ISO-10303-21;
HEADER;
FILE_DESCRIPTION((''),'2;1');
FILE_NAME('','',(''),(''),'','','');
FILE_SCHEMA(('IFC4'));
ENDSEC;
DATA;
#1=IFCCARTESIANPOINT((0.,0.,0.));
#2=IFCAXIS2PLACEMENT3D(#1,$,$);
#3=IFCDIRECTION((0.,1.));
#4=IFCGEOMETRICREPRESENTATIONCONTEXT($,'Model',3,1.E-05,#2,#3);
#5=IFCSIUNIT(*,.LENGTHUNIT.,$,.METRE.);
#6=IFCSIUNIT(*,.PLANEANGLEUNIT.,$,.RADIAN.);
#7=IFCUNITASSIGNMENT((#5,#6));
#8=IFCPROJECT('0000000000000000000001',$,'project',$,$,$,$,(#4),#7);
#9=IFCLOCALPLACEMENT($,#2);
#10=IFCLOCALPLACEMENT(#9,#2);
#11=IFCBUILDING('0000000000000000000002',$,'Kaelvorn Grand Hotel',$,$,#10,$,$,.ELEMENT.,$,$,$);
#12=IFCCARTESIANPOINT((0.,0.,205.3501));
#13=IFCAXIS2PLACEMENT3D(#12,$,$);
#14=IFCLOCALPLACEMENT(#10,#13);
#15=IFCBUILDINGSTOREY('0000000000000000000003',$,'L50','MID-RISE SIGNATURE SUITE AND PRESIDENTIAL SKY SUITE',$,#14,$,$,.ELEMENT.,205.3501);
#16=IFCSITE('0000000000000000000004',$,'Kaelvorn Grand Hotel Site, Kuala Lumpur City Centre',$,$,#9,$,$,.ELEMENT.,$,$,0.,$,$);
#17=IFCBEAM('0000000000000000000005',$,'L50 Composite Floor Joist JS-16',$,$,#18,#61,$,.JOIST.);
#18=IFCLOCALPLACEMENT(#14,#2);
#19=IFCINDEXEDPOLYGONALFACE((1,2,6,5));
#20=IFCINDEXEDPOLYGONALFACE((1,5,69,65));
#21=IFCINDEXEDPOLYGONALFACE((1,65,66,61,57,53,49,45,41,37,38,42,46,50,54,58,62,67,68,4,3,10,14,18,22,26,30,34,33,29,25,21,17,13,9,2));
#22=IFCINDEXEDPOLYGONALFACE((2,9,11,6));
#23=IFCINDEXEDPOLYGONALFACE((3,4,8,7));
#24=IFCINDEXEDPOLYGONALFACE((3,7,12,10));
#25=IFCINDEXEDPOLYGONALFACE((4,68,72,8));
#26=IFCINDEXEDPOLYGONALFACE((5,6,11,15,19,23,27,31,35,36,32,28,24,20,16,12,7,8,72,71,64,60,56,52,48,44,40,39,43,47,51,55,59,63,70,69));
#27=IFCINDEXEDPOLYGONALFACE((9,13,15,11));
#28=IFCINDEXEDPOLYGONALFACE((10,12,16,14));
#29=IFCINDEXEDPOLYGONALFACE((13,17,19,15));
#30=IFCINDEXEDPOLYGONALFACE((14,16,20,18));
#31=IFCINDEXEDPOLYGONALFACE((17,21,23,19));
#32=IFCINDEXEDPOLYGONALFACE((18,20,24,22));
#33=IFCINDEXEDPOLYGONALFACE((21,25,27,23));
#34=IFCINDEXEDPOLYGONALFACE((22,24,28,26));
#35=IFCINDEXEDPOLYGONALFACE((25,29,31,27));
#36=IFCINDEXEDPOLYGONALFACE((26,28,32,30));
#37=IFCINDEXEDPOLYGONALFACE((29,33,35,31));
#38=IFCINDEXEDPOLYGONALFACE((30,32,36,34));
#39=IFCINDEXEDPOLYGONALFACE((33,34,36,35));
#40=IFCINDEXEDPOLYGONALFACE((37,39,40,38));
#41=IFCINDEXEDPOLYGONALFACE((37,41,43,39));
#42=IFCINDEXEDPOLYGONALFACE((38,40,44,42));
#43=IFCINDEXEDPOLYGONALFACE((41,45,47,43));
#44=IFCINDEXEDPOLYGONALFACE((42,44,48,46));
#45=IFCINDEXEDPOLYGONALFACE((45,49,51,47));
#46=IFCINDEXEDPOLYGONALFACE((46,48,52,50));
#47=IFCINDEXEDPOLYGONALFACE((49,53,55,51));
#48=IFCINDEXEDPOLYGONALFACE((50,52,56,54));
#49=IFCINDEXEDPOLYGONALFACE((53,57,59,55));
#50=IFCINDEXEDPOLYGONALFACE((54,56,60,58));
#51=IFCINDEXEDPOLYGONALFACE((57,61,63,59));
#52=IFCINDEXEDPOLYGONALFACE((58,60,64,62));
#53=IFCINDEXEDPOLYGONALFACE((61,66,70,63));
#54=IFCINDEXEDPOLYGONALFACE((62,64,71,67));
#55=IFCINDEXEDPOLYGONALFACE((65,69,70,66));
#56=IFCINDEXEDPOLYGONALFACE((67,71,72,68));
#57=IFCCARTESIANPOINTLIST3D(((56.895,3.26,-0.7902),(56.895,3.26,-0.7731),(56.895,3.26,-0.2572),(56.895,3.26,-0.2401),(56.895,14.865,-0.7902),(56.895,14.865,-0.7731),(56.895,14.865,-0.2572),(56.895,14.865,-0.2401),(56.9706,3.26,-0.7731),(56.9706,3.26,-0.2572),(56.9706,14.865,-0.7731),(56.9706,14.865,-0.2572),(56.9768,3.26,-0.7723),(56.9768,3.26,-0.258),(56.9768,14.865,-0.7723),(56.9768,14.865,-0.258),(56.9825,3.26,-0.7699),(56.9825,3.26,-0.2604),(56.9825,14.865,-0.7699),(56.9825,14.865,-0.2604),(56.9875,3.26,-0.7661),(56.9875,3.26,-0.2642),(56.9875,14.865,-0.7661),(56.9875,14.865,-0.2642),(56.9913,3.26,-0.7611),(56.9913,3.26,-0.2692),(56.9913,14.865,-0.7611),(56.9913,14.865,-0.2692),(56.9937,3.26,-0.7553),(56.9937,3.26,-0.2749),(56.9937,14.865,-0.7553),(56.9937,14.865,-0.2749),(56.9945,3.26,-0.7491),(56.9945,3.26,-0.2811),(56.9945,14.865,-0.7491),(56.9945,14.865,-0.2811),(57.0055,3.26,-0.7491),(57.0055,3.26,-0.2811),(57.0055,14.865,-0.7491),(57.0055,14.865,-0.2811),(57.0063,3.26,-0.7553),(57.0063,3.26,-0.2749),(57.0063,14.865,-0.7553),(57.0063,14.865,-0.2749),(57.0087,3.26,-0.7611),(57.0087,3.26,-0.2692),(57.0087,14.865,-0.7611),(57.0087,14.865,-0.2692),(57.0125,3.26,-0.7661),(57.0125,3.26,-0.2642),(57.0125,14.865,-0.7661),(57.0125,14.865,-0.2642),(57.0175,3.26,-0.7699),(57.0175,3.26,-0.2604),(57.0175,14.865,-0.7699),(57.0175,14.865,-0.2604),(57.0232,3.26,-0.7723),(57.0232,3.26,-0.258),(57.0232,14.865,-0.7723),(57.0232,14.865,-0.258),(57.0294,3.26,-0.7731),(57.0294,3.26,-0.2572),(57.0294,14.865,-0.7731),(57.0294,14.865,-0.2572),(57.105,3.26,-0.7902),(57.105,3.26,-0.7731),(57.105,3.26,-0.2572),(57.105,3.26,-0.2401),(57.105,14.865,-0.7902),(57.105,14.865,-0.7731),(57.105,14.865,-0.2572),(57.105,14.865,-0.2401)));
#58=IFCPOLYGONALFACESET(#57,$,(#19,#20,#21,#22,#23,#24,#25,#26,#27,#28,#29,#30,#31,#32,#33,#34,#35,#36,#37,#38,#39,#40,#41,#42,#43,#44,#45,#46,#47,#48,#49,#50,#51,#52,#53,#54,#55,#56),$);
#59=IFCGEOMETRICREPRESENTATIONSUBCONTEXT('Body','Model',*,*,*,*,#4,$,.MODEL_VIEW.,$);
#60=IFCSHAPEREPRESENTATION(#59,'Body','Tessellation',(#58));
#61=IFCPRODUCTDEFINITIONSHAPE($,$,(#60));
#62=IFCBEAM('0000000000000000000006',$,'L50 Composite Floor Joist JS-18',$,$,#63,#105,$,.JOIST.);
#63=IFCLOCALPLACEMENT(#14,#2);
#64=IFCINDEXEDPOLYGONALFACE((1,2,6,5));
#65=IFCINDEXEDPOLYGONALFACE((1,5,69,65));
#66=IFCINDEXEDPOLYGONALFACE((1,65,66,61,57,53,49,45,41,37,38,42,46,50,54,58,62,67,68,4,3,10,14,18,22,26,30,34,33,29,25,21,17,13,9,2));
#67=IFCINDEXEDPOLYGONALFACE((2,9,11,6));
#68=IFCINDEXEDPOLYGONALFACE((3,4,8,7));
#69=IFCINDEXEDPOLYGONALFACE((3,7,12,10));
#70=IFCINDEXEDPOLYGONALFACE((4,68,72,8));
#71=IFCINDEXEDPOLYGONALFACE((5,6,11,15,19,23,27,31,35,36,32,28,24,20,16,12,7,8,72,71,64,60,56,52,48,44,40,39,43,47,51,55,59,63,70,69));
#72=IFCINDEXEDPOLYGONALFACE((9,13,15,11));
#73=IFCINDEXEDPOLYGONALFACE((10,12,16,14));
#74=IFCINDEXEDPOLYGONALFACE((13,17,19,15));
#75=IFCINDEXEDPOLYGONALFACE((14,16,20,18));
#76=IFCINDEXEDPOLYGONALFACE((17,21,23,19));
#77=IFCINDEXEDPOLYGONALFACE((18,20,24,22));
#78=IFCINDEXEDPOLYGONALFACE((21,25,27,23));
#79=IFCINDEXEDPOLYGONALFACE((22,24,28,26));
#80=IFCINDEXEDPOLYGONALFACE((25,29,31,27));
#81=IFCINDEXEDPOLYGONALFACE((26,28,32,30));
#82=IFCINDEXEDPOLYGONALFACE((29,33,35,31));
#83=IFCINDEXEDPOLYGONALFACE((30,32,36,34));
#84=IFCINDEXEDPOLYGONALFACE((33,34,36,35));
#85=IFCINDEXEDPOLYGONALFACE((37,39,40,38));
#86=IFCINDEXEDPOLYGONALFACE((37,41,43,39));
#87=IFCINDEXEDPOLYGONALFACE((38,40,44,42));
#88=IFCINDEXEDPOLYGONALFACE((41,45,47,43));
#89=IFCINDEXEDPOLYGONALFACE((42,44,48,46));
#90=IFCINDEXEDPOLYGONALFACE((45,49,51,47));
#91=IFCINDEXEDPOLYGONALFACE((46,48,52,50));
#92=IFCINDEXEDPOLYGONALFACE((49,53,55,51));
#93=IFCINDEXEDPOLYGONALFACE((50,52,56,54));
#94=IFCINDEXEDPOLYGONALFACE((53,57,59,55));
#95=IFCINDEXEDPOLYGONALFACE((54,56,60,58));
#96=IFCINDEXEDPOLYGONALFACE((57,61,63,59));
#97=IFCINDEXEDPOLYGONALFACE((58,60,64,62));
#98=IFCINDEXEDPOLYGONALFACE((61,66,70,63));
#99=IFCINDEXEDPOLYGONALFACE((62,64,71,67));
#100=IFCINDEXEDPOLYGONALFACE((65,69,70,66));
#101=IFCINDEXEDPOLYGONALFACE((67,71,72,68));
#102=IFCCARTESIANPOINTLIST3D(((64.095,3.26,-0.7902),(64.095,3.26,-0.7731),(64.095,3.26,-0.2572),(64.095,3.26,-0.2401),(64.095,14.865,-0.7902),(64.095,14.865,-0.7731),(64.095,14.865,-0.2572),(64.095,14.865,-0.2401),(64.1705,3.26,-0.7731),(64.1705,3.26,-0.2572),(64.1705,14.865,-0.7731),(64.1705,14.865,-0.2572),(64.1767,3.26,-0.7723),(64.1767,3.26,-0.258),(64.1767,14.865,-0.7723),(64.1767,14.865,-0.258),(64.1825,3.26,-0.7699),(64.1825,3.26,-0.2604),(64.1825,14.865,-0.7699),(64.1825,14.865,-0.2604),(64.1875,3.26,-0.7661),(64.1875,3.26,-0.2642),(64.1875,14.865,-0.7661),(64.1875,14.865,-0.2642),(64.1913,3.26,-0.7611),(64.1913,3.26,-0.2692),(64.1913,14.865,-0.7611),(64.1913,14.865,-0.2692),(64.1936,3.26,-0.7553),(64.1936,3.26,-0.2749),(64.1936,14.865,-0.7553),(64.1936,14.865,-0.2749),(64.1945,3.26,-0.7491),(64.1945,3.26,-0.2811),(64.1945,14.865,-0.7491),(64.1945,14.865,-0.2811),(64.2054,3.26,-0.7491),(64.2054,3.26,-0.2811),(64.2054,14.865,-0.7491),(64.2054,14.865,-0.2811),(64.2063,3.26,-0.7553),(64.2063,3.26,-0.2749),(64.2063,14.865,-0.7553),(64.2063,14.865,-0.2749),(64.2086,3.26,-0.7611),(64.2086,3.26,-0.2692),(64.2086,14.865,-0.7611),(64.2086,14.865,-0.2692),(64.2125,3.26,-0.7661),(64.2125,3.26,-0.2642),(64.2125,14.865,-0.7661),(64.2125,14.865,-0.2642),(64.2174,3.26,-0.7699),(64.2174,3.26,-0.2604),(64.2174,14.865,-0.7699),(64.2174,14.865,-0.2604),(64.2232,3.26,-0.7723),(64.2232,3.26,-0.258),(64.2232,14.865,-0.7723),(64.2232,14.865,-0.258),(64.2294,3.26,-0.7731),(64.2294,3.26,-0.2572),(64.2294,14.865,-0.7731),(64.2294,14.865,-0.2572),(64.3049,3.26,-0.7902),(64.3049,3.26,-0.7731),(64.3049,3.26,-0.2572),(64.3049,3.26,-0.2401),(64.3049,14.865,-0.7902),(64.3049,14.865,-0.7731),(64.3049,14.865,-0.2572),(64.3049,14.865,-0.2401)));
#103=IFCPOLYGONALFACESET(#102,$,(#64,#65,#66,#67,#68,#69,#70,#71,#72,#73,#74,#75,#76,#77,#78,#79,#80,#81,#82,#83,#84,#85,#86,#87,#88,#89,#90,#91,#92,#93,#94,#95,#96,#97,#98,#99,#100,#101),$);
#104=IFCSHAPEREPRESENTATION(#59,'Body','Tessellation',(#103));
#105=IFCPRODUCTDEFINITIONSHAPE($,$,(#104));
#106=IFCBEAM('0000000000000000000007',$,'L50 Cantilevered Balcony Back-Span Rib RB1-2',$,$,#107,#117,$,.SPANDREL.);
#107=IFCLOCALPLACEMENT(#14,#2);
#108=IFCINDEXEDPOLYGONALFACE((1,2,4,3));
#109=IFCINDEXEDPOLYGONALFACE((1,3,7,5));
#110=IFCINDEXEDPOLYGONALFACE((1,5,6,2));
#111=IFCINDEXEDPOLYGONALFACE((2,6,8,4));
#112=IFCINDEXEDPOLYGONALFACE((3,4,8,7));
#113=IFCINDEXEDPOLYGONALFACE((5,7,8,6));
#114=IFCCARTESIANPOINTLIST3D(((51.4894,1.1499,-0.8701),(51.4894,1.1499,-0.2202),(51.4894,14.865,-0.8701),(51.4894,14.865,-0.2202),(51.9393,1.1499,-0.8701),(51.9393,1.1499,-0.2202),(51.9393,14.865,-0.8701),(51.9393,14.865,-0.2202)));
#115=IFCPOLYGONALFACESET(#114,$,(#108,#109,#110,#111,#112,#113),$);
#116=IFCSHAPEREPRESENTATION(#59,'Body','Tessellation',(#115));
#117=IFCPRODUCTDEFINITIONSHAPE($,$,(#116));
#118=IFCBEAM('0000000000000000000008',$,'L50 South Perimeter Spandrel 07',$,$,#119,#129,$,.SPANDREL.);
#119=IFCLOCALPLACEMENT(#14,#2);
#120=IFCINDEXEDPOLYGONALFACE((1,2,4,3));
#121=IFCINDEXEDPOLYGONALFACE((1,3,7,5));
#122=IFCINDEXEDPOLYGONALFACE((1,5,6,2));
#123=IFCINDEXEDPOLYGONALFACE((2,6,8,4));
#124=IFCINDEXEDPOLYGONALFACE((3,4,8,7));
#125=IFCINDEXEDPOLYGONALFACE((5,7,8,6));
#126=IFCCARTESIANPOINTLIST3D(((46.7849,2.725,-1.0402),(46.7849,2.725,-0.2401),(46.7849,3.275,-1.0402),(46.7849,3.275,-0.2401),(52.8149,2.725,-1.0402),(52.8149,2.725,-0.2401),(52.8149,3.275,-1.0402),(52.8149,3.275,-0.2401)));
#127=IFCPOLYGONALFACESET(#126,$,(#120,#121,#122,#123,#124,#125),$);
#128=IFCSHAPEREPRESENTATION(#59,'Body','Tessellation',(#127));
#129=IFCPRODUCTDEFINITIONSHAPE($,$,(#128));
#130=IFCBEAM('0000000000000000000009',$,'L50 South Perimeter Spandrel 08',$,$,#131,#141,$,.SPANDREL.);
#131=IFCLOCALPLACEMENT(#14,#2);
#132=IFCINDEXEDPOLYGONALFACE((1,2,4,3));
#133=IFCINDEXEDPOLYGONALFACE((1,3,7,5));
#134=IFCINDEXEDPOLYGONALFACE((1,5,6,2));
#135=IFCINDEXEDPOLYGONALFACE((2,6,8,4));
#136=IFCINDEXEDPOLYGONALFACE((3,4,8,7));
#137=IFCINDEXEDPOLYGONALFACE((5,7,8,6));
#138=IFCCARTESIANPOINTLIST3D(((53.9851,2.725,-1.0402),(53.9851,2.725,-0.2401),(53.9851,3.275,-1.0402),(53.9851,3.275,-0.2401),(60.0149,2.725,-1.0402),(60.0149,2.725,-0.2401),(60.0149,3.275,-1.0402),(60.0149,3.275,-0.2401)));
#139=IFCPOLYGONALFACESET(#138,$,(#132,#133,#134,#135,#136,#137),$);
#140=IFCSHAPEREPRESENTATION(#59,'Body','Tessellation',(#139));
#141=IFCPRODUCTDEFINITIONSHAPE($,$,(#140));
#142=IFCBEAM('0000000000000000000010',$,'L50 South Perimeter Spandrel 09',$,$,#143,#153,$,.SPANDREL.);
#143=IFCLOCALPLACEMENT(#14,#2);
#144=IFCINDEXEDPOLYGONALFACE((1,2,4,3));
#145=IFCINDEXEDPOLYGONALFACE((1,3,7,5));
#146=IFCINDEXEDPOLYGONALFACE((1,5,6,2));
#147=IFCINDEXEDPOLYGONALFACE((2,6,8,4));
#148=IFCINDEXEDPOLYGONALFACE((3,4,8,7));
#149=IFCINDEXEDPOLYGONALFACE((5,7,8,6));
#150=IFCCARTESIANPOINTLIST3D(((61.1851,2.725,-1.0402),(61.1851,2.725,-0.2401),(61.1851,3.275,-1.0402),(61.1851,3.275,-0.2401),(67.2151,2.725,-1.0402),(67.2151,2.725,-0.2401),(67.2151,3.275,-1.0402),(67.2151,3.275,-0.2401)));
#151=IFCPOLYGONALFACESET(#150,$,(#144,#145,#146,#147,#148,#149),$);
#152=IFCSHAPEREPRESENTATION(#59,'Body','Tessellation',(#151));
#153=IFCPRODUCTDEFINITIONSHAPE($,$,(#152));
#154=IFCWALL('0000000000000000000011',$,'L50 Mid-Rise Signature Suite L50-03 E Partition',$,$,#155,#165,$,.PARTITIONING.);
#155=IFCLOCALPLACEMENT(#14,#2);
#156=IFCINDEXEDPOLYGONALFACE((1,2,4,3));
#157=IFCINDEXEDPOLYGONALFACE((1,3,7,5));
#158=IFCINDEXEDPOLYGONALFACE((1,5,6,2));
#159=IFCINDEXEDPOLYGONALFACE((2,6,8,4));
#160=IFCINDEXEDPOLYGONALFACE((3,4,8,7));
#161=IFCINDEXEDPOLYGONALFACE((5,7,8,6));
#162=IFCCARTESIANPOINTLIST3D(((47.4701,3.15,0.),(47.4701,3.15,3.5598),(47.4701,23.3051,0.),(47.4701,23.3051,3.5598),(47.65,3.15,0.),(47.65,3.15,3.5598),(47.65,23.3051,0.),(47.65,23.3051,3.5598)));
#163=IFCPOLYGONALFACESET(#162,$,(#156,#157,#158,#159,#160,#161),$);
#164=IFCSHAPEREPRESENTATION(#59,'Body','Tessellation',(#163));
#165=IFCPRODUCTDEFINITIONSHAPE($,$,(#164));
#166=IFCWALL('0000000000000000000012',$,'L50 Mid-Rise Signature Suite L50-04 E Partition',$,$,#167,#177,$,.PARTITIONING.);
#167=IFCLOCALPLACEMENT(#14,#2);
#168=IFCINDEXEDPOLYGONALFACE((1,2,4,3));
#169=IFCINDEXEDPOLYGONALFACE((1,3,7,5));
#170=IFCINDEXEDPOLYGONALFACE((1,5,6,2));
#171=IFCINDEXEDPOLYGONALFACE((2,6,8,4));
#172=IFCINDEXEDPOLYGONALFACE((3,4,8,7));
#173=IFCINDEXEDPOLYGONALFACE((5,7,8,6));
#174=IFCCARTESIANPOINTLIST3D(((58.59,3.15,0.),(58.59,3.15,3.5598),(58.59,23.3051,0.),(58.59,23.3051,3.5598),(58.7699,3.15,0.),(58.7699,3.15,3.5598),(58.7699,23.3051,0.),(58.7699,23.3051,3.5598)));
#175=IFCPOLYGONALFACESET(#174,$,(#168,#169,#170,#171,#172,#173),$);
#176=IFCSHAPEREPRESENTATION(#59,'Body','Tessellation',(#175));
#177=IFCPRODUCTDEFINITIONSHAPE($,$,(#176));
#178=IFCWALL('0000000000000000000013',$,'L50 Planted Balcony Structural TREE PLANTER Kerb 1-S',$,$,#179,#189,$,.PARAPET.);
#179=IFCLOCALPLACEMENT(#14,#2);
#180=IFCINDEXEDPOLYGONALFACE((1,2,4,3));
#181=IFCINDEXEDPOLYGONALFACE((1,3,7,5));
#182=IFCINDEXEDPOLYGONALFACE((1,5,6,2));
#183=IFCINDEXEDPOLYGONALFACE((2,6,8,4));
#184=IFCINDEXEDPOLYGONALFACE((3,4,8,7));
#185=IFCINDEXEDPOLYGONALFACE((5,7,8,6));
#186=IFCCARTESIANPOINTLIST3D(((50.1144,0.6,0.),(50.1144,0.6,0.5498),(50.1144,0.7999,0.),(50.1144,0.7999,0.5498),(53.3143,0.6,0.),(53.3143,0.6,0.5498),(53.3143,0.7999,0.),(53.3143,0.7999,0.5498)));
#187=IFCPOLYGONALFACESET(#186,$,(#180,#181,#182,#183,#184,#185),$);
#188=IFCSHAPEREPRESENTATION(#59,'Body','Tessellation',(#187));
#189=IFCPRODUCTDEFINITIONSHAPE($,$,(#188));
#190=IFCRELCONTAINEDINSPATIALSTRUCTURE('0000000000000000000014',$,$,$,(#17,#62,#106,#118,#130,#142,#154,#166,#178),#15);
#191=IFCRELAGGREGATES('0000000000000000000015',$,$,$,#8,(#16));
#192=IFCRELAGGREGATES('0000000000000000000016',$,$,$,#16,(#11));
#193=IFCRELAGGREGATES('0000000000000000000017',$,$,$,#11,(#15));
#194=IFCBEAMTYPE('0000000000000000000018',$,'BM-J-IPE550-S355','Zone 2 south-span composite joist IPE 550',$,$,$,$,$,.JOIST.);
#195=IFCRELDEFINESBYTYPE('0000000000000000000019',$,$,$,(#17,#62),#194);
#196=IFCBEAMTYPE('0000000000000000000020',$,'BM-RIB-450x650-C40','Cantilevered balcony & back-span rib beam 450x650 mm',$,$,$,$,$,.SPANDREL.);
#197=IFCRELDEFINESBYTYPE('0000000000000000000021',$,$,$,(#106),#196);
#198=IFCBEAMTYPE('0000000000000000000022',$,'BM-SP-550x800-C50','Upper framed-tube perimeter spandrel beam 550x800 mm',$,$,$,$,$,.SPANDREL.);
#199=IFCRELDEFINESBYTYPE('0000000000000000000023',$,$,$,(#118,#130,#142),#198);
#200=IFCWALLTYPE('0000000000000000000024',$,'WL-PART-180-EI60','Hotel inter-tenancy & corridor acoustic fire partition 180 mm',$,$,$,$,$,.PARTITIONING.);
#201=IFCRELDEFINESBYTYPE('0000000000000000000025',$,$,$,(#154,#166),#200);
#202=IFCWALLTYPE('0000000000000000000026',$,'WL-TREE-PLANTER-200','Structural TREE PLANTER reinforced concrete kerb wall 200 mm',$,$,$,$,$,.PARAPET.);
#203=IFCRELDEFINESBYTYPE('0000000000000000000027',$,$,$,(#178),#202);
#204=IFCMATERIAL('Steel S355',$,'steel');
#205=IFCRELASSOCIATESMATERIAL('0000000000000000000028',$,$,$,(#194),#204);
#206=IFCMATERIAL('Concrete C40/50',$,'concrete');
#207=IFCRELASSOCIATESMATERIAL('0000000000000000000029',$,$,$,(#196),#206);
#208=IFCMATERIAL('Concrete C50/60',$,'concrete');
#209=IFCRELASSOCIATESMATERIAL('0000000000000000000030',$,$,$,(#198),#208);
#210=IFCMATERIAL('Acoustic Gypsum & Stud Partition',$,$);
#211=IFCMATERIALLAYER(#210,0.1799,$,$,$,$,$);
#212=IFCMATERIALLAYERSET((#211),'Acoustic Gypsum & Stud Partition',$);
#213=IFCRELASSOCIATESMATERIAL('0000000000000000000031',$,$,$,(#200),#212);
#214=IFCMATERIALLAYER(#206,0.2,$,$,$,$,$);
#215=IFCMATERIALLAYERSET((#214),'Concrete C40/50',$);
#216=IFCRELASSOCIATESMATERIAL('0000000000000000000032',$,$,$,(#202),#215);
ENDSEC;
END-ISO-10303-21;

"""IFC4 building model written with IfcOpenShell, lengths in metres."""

from ifc_helpers import new_model, si_unit, direction, frame, frame_2d, origin, origin_2d, place, context, subcontext, project, spatial, rectangle, i_section, extrude, material, layer, layer_set, material_profile, profile_set, type_object, element, save


model = new_model("IFC4")

# Units and contexts
model_context = context("Model", 3, precision=1e-05, world=origin(), true_north=direction((0.0, 1.0)))
body_context = subcontext(model_context, "Body", "Model", "MODEL_VIEW")
ifc_project = project(units=[si_unit("LENGTHUNIT", "METRE"), si_unit("PLANEANGLEUNIT", "RADIAN")], contexts=[model_context])

# Site, building, storey
site_placement = place(None, origin())
site = spatial("IfcSite", under=ifc_project, at=site_placement, Name="Kaelvorn Grand Hotel Site, Kuala Lumpur City Centre", CompositionType="ELEMENT", RefElevation=0.0)
building_placement = place(site_placement, origin())
building = spatial("IfcBuilding", under=site, at=building_placement, Name="Kaelvorn Grand Hotel", CompositionType="ELEMENT")
storey_placement = place(building_placement, frame((0.0, 0.0, 205.3501)))
storey = spatial("IfcBuildingStorey", under=building, at=storey_placement, Name="L50", Description="MID-RISE SIGNATURE SUITE AND PRESIDENTIAL SKY SUITE", CompositionType="ELEMENT", Elevation=205.3501)

# Beams
ifc_material_1 = material(Name="Steel S355", Category="steel")
ifc_material_profile_1 = material_profile(ifc_material_1, i_section(OverallWidth=0.21, OverallDepth=0.55, WebThickness=0.011, FlangeThickness=0.0171, FilletRadius=0.0239, at=origin_2d()), Name="IPE 550")
ifc_profile_set_1 = profile_set([ifc_material_profile_1], Name="Steel S355")
beam_type_1 = type_object("IfcBeamType", Name="BM-J-IPE550-S355", Description="Zone 2 south-span composite joist IPE 550", PredefinedType="JOIST", material=ifc_profile_set_1)
for number, where, z_axis, x_axis, name in (
    (1, (57.0, 3.26, -0.5151), (0.0, 1.0, 0.0), (-1.0, 0.0, 0.0), "L50 Composite Floor Joist JS-16"),
    (2, (64.2, 3.26, -0.5151), (0.0, 1.0, 0.0), (-1.0, 0.0, 0.0), "L50 Composite Floor Joist JS-18"),
):
    element("IfcBeam", number, at=place(storey_placement, frame(where, z_axis=z_axis, x_axis=x_axis)), inside=storey, type_object=beam_type_1, Name=name, PredefinedType="JOIST", context=body_context, shape_type="SweptSolid", body=[
        extrude(i_section(OverallWidth=0.21, OverallDepth=0.55, WebThickness=0.011, FlangeThickness=0.0171, FilletRadius=0.0239, at=origin_2d()), origin(), (0.0, 0.0, 1.0), 11.605),
    ])
ifc_material_2 = material(Name="Concrete C40/50", Category="concrete")
ifc_material_profile_2 = material_profile(ifc_material_2, rectangle(XDim=0.45, YDim=0.6499, at=origin_2d()), Name="RC RIB 450x650")
ifc_profile_set_2 = profile_set([ifc_material_profile_2], Name="Concrete C40/50")
beam_type_2 = type_object("IfcBeamType", Name="BM-RIB-450x650-C40", Description="Cantilevered balcony & back-span rib beam 450x650 mm", PredefinedType="SPANDREL", material=ifc_profile_set_2)
beam_1_placement = place(storey_placement, frame((51.7144, 1.1499, -0.5452), z_axis=(0.0, 1.0, 0.0), x_axis=(-1.0, 0.0, 0.0)))
element("IfcBeam", 3, at=beam_1_placement, inside=storey, type_object=beam_type_2, Name="L50 Cantilevered Balcony Back-Span Rib RB1-2", PredefinedType="SPANDREL", context=body_context, shape_type="SweptSolid", body=[
    extrude(rectangle(XDim=0.45, YDim=0.6499, at=origin_2d()), origin(), (0.0, 0.0, 1.0), 13.7151),
])
ifc_material_3 = material(Name="Concrete C50/60", Category="concrete")
ifc_material_profile_3 = material_profile(ifc_material_3, rectangle(XDim=0.55, YDim=0.8, at=origin_2d()), Name="RC SPANDREL 550x800")
ifc_profile_set_3 = profile_set([ifc_material_profile_3], Name="Concrete C50/60")
beam_type_3 = type_object("IfcBeamType", Name="BM-SP-550x800-C50", Description="Upper framed-tube perimeter spandrel beam 550x800 mm", PredefinedType="SPANDREL", material=ifc_profile_set_3)
beam_2_placement = place(storey_placement, frame((46.7849, 3.0, -0.6401), z_axis=(1.0, 0.0, 0.0), x_axis=(0.0, 1.0, 0.0)))
element("IfcBeam", 4, at=beam_2_placement, inside=storey, type_object=beam_type_3, Name="L50 South Perimeter Spandrel 07", PredefinedType="SPANDREL", context=body_context, shape_type="SweptSolid", body=[
    extrude(rectangle(XDim=0.55, YDim=0.8, at=origin_2d()), origin(), (0.0, 0.0, 1.0), 6.03),
])
beam_3_placement = place(storey_placement, frame((53.9851, 3.0, -0.6401), z_axis=(1.0, 0.0, 0.0), x_axis=(0.0, 1.0, 0.0)))
element("IfcBeam", 5, at=beam_3_placement, inside=storey, type_object=beam_type_3, Name="L50 South Perimeter Spandrel 08", PredefinedType="SPANDREL", context=body_context, shape_type="SweptSolid", body=[
    extrude(rectangle(XDim=0.55, YDim=0.8, at=origin_2d()), origin(), (0.0, 0.0, 1.0), 6.0298),
])
beam_4_placement = place(storey_placement, frame((61.1851, 3.0, -0.6401), z_axis=(1.0, 0.0, 0.0), x_axis=(0.0, 1.0, 0.0)))
element("IfcBeam", 6, at=beam_4_placement, inside=storey, type_object=beam_type_3, Name="L50 South Perimeter Spandrel 09", PredefinedType="SPANDREL", context=body_context, shape_type="SweptSolid", body=[
    extrude(rectangle(XDim=0.55, YDim=0.8, at=origin_2d()), origin(), (0.0, 0.0, 1.0), 6.03),
])

# Walls
ifc_material_4 = material(Name="Acoustic Gypsum & Stud Partition")
ifc_layer_1 = layer(ifc_material_4, 0.1799)
ifc_layer_set_1 = layer_set([ifc_layer_1], Name="Acoustic Gypsum & Stud Partition")
wall_type_1 = type_object("IfcWallType", Name="WL-PART-180-EI60", Description="Hotel inter-tenancy & corridor acoustic fire partition 180 mm", PredefinedType="PARTITIONING", material=ifc_layer_set_1)
for number, where, z_axis, x_axis, name in (
    (7, (47.5601, 3.1499, 0.0), (0.0, 0.0, 1.0), (0.0, 1.0, 0.0), "L50 Mid-Rise Signature Suite L50-03 E Partition"),
    (8, (58.6799, 3.1499, 0.0), (0.0, 0.0, 1.0), (0.0, 1.0, 0.0), "L50 Mid-Rise Signature Suite L50-04 E Partition"),
):
    element("IfcWall", number, at=place(storey_placement, frame(where, z_axis=z_axis, x_axis=x_axis)), inside=storey, type_object=wall_type_1, Name=name, PredefinedType="PARTITIONING", context=body_context, shape_type="SweptSolid", body=[
        extrude(rectangle(XDim=20.155, YDim=0.1799, at=frame_2d((10.0776, 0.0))), origin(), (0.0, 0.0, 1.0), 3.5598),
    ])
ifc_layer_2 = layer(ifc_material_2, 0.2)
ifc_layer_set_2 = layer_set([ifc_layer_2], Name="Concrete C40/50")
wall_type_2 = type_object("IfcWallType", Name="WL-TREE-PLANTER-200", Description="Structural TREE PLANTER reinforced concrete kerb wall 200 mm", PredefinedType="PARAPET", material=ifc_layer_set_2)
wall_1_placement = place(storey_placement, frame((50.1143, 0.7, 0.0), z_axis=(0.0, 0.0, 1.0), x_axis=(1.0, 0.0, 0.0)))
element("IfcWall", 9, at=wall_1_placement, inside=storey, type_object=wall_type_2, Name="L50 Planted Balcony Structural TREE PLANTER Kerb 1-S", PredefinedType="PARAPET", context=body_context, shape_type="SweptSolid", body=[
    extrude(rectangle(XDim=3.2, YDim=0.2, at=frame_2d((1.6001, 0.0))), origin(), (0.0, 0.0, 1.0), 0.5498),
])

save(model, "model.ifc")
